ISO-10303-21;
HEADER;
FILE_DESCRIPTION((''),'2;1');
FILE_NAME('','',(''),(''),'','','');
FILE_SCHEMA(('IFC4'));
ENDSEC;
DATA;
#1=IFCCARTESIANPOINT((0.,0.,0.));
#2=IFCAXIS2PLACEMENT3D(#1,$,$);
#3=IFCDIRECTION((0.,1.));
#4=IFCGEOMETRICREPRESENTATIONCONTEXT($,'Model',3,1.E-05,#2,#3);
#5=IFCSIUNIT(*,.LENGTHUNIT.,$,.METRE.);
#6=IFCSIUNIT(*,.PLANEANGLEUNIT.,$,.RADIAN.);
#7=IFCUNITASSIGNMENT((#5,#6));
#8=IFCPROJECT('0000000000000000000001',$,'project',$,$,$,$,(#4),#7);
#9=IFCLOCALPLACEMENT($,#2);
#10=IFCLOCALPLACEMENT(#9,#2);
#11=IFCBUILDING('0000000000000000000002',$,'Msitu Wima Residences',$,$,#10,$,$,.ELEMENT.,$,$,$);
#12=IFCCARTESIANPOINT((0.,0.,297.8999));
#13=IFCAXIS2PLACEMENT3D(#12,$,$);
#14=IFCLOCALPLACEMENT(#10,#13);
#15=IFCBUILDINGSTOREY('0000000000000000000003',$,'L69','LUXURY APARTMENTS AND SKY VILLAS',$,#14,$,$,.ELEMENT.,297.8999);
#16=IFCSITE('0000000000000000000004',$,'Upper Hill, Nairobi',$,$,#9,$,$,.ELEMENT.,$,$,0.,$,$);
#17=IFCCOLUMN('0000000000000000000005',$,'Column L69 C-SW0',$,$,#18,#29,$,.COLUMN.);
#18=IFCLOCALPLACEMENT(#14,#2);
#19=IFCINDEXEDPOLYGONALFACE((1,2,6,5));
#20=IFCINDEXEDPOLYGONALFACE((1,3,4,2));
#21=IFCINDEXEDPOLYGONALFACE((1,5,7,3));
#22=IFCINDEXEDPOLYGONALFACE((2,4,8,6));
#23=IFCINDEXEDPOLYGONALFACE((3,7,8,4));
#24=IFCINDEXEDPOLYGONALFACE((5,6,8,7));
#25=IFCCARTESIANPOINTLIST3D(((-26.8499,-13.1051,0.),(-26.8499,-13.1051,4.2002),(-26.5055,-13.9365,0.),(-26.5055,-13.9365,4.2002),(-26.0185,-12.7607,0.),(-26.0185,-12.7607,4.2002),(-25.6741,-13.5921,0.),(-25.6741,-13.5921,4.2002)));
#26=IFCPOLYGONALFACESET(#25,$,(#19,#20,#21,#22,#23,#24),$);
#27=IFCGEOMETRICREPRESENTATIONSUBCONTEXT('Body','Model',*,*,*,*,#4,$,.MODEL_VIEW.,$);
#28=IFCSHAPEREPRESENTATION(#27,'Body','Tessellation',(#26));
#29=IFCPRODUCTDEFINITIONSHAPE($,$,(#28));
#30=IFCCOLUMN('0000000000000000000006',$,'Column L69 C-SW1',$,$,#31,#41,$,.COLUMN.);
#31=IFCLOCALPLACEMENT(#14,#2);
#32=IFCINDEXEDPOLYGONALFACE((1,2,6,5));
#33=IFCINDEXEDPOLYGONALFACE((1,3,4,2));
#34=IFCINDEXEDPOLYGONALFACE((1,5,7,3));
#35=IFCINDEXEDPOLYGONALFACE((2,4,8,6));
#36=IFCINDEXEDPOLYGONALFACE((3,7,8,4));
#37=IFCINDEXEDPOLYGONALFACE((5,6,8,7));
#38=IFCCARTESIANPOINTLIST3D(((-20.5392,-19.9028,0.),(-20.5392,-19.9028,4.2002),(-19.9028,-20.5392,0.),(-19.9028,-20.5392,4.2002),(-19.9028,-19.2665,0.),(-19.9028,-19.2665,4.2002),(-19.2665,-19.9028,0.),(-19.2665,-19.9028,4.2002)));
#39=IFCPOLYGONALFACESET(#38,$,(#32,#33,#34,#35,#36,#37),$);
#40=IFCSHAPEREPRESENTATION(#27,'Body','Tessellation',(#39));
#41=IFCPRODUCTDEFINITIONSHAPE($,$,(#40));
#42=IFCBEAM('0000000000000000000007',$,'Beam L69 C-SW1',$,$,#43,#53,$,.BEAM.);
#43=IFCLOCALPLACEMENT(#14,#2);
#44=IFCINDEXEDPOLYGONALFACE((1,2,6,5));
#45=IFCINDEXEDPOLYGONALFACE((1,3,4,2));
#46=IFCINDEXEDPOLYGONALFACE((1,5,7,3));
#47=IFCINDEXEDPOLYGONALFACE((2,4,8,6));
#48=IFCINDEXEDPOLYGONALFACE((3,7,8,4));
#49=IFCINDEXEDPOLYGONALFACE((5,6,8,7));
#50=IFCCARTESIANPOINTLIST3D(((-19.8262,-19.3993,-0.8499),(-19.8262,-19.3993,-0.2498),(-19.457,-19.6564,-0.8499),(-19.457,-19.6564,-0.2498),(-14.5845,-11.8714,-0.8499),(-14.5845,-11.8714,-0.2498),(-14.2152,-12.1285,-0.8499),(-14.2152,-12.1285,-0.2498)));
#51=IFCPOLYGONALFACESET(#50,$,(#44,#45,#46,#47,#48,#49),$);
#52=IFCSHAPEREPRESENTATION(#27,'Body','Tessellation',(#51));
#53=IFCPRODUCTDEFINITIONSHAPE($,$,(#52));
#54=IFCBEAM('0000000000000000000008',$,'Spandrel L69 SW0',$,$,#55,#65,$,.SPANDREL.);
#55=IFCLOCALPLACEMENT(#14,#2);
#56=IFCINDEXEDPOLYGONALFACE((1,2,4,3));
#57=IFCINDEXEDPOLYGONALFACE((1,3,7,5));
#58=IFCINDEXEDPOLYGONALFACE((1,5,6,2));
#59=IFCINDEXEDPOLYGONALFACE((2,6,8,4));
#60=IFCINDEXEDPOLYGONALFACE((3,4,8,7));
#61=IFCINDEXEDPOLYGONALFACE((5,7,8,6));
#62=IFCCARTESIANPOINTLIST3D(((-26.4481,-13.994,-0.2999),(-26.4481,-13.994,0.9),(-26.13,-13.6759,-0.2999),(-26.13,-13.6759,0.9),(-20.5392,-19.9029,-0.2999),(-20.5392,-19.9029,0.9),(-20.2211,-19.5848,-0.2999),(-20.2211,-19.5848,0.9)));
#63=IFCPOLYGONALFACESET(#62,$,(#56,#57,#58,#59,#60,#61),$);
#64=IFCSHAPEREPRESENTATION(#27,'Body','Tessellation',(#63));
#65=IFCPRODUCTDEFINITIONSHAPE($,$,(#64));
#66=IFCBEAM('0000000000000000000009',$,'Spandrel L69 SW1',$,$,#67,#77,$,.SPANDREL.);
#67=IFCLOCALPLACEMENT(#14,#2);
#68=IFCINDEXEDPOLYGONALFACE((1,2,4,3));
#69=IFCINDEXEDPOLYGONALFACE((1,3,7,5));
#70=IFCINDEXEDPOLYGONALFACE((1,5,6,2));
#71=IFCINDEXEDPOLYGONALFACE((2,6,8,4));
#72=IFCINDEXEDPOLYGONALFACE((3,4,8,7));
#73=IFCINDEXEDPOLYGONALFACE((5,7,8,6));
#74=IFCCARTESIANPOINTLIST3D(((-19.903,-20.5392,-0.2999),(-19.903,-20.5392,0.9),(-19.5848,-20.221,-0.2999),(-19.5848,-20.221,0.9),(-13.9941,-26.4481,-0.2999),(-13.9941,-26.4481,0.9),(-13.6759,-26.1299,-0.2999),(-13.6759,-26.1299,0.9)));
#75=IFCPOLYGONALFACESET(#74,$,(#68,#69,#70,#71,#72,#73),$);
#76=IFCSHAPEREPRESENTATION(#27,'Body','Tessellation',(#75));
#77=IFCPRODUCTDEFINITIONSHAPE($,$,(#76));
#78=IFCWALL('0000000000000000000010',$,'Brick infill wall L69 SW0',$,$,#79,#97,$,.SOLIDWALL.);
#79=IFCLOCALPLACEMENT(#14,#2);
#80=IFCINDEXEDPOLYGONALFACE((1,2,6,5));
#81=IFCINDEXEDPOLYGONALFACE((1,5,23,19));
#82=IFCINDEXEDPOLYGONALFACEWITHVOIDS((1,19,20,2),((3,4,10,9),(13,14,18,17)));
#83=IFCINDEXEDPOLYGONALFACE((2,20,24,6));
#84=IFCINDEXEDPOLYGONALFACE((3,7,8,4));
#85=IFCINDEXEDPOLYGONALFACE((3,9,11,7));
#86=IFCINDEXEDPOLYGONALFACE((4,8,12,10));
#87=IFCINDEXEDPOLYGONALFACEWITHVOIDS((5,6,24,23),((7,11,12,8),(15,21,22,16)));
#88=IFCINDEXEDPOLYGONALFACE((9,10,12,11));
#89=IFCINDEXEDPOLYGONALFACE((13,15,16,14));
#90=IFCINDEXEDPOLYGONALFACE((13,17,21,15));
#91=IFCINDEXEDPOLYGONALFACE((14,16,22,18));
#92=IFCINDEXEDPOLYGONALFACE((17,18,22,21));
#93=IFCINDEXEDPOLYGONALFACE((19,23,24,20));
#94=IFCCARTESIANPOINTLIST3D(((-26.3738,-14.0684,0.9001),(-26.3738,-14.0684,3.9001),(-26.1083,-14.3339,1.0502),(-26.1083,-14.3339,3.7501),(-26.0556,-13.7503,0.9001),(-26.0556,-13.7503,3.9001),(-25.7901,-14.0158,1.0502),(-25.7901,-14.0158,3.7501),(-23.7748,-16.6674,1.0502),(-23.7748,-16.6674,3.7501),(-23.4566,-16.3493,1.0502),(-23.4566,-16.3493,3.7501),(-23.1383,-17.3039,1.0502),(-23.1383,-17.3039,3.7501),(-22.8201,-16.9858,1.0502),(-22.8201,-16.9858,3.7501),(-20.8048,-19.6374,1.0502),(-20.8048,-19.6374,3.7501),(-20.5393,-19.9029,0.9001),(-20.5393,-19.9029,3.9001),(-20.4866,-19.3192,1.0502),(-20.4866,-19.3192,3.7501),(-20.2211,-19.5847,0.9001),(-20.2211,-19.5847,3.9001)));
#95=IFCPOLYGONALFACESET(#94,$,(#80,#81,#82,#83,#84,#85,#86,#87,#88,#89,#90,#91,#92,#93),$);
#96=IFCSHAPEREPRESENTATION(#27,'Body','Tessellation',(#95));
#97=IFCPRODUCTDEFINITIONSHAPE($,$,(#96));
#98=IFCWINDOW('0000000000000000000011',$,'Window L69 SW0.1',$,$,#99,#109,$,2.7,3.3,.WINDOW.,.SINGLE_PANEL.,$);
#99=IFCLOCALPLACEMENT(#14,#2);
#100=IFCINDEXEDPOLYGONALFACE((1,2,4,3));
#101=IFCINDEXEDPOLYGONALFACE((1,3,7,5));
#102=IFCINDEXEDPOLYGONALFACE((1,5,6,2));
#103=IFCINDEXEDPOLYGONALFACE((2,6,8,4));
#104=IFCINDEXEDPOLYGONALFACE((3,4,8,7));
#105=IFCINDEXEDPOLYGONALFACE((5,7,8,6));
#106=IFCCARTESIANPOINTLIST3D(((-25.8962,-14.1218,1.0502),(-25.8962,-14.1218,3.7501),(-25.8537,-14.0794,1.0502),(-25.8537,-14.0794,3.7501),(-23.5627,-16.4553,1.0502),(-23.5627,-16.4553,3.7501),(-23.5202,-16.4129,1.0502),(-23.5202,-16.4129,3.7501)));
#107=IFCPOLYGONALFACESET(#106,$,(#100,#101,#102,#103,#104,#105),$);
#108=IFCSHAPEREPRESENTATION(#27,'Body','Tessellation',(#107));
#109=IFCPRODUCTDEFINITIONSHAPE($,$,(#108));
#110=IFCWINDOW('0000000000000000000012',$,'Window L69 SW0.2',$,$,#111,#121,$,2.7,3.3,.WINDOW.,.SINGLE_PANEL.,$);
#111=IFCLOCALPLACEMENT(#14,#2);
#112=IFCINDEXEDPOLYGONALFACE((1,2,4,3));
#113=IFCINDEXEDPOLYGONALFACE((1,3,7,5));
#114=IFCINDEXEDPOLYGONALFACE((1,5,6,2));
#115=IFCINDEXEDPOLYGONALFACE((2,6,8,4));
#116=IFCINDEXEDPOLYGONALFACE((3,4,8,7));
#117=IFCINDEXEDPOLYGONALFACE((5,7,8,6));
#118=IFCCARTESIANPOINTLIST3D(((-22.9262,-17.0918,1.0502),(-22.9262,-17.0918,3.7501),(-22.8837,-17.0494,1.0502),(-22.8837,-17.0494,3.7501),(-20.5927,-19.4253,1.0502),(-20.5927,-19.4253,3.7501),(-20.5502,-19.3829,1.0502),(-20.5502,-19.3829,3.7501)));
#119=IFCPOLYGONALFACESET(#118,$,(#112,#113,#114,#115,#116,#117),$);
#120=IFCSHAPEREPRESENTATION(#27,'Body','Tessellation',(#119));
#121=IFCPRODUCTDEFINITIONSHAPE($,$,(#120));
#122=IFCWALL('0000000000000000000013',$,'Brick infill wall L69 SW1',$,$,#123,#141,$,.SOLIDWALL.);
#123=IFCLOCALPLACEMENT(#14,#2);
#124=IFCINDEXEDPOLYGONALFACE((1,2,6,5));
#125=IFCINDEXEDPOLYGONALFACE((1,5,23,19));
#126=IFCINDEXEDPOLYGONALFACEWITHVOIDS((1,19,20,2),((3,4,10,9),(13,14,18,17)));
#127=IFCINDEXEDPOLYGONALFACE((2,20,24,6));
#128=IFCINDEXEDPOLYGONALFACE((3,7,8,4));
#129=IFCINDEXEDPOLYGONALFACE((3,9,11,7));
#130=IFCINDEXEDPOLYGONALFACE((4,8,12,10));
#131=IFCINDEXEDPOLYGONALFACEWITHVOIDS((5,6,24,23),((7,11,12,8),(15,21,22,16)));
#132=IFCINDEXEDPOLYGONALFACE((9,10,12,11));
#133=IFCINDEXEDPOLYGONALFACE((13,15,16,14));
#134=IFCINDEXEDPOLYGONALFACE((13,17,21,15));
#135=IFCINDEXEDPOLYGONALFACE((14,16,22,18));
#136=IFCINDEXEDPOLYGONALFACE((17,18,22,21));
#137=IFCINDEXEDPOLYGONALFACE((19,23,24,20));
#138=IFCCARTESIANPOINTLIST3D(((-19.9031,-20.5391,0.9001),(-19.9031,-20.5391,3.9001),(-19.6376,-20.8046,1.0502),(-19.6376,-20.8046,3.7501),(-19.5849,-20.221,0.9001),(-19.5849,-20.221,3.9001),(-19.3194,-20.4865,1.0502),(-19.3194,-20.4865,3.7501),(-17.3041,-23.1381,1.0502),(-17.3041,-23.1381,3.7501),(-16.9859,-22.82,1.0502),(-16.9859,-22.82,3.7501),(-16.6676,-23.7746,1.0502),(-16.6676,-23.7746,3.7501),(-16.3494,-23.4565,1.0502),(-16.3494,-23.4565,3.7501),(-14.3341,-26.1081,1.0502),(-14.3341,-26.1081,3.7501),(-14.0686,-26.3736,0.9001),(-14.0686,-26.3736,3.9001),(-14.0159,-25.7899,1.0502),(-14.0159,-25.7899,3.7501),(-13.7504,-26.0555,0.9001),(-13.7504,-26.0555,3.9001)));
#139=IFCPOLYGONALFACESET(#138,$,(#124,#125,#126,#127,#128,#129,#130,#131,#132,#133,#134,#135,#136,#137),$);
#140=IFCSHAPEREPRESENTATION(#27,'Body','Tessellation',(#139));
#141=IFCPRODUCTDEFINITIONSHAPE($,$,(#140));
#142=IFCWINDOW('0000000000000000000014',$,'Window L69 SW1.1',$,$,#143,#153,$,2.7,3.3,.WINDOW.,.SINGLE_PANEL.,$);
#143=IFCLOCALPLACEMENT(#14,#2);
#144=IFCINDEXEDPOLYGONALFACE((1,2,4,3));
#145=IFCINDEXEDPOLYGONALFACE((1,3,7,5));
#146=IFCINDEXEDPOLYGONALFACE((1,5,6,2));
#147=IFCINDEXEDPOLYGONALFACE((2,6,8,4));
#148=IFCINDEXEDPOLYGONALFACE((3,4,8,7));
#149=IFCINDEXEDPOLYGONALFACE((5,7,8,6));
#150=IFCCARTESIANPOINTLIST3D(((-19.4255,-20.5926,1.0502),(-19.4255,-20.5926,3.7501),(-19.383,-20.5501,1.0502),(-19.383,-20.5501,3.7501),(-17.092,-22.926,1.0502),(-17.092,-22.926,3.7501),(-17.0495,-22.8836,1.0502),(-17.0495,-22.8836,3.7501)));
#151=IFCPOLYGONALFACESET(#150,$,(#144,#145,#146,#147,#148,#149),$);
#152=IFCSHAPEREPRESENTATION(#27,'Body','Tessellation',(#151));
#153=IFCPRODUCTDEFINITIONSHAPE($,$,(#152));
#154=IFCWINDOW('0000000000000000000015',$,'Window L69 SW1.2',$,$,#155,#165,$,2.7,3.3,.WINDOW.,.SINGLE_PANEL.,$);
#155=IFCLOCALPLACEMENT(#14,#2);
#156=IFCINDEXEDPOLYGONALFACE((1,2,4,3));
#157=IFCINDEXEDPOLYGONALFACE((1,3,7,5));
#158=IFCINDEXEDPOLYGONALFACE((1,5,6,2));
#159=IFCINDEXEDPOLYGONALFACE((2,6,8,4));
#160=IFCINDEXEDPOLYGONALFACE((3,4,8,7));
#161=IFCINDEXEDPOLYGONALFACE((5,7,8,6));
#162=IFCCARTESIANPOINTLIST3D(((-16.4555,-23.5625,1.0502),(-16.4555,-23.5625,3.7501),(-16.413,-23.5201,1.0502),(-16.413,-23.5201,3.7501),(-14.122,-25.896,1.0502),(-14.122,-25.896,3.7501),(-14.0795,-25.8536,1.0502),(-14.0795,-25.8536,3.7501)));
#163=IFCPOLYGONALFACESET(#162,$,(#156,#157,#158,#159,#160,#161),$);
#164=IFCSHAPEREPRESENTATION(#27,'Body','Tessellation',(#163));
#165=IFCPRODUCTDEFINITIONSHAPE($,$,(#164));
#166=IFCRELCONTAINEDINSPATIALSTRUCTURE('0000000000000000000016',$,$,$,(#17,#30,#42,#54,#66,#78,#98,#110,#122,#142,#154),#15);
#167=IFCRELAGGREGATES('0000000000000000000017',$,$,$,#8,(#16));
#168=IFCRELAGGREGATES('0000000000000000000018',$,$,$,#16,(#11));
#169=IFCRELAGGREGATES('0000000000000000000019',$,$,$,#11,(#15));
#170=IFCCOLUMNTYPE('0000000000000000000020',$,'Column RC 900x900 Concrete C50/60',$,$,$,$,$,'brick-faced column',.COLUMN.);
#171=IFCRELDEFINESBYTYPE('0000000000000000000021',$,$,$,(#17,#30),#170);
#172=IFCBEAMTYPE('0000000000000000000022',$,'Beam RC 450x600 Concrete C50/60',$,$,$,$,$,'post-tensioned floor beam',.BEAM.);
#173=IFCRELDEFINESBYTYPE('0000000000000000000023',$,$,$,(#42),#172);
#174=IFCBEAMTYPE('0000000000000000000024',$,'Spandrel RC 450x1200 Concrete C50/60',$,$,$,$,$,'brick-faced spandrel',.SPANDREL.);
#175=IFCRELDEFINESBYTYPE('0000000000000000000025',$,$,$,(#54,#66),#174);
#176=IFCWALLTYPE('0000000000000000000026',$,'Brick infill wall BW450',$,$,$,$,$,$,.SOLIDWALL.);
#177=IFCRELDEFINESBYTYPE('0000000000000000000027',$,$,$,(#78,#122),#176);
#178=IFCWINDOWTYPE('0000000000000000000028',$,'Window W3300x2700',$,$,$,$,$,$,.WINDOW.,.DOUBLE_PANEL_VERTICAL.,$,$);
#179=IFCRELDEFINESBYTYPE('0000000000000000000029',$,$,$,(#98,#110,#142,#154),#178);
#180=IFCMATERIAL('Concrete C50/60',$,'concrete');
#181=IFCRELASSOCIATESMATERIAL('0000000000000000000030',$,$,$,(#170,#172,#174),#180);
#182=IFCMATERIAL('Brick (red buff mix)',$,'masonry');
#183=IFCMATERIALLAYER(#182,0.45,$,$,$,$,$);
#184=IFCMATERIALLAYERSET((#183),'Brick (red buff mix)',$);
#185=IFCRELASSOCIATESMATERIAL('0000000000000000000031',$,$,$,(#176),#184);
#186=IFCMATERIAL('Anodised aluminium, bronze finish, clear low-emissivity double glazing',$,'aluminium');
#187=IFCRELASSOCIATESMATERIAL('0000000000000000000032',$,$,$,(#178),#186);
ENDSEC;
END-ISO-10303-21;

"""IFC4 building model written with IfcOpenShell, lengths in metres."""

from ifc_helpers import new_model, si_unit, direction, frame, frame_2d, origin, origin_2d, place, context, subcontext, project, spatial, rectangle, extrude, material, layer, layer_set, material_profile, profile_set, type_object, element, fill, save


model = new_model("IFC4")

# Units and contexts
model_context = context("Model", 3, precision=1e-05, world=origin(), true_north=direction((0.0, 1.0)))
body_context = subcontext(model_context, "Body", "Model", "MODEL_VIEW")
ifc_project = project(units=[si_unit("LENGTHUNIT", "METRE"), si_unit("PLANEANGLEUNIT", "RADIAN")], contexts=[model_context])

# Site, building, storey
site_placement = place(None, origin())
site = spatial("IfcSite", under=ifc_project, at=site_placement, Name="Upper Hill, Nairobi", CompositionType="ELEMENT", RefElevation=0.0)
building_placement = place(site_placement, origin())
building = spatial("IfcBuilding", under=site, at=building_placement, Name="Msitu Wima Residences", CompositionType="ELEMENT")
storey_placement = place(building_placement, frame((0.0, 0.0, 297.8999)))
storey = spatial("IfcBuildingStorey", under=building, at=storey_placement, Name="L69", Description="LUXURY APARTMENTS AND SKY VILLAS", CompositionType="ELEMENT", Elevation=297.8999)

# Columns
ifc_material_1 = material(Name="Concrete C50/60", Category="concrete")
ifc_material_profile_1 = material_profile(ifc_material_1, rectangle(XDim=0.8999, YDim=0.8999, at=origin_2d()), Name="RC 900x900")
ifc_profile_set_1 = profile_set([ifc_material_profile_1], Name="Concrete C50/60")
column_type = type_object("IfcColumnType", Name="Column RC 900x900 Concrete C50/60", ElementType="brick-faced column", PredefinedType="COLUMN", material=ifc_profile_set_1)
for number, where, z_axis, x_axis, name in (
    (1, (-26.262, -13.3486, 0.0), (0.0, 0.0, 1.0), (0.382683, -0.92388, 0.0), "Column L69 C-SW0"),
    (2, (-19.9028, -19.9028, 0.0), (0.0, 0.0, 1.0), (0.707107, -0.707107, 0.0), "Column L69 C-SW1"),
):
    element("IfcColumn", number, at=place(storey_placement, frame(where, z_axis=z_axis, x_axis=x_axis)), inside=storey, type_object=column_type, Name=name, PredefinedType="COLUMN", context=body_context, shape_type="SweptSolid", body=[
        extrude(rectangle(XDim=0.8999, YDim=0.8999, at=origin_2d()), origin(), (0.0, 0.0, 1.0), 4.2002),
    ])

# Beams
ifc_material_profile_2 = material_profile(ifc_material_1, rectangle(XDim=0.45, YDim=0.6001, at=origin_2d()), Name="RC 450x600")
ifc_profile_set_2 = profile_set([ifc_material_profile_2], Name="Concrete C50/60")
beam_type_1 = type_object("IfcBeamType", Name="Beam RC 450x600 Concrete C50/60", ElementType="post-tensioned floor beam", PredefinedType="BEAM", material=ifc_profile_set_2)
beam_placement = place(storey_placement, frame((-19.6416, -19.5278, -0.5498), z_axis=(0.571428, 0.820652, 0.0), x_axis=(-0.820652, 0.571428, 0.0)))
element("IfcBeam", 3, at=beam_placement, inside=storey, type_object=beam_type_1, Name="Beam L69 C-SW1", PredefinedType="BEAM", context=body_context, shape_type="SweptSolid", body=[
    extrude(rectangle(XDim=0.45, YDim=0.6001, at=origin_2d()), origin(), (0.0, 0.0, 1.0), 9.1731),
])
ifc_material_profile_3 = material_profile(ifc_material_1, rectangle(XDim=0.45, YDim=1.2, at=origin_2d()), Name="RC 450x1200")
ifc_profile_set_3 = profile_set([ifc_material_profile_3], Name="Concrete C50/60")
beam_type_2 = type_object("IfcBeamType", Name="Spandrel RC 450x1200 Concrete C50/60", ElementType="brick-faced spandrel", PredefinedType="SPANDREL", material=ifc_profile_set_3)
for number, where, z_axis, x_axis, name in (
    (4, (-26.2891, -13.835, 0.3), (0.707107, -0.707107, 0.0), (0.707107, 0.707107, 0.0), "Spandrel L69 SW0"),
    (5, (-19.7439, -20.3801, 0.3), (0.707107, -0.707107, 0.0), (0.707107, 0.707107, 0.0), "Spandrel L69 SW1"),
):
    element("IfcBeam", number, at=place(storey_placement, frame(where, z_axis=z_axis, x_axis=x_axis)), inside=storey, type_object=beam_type_2, Name=name, PredefinedType="SPANDREL", context=body_context, shape_type="SweptSolid", body=[
        extrude(rectangle(XDim=0.45, YDim=1.2, at=origin_2d()), origin(), (0.0, 0.0, 1.0), 8.3564),
    ])

# Walls, openings, windows
ifc_material_2 = material(Name="Brick (red buff mix)", Category="masonry")
ifc_layer_1 = layer(ifc_material_2, 0.45)
ifc_layer_set_1 = layer_set([ifc_layer_1], Name="Brick (red buff mix)")
wall_type_1 = type_object("IfcWallType", Name="Brick infill wall BW450", PredefinedType="SOLIDWALL", material=ifc_layer_set_1)
wall_1_placement = place(storey_placement, frame((-26.2146, -13.9094, 0.9001), z_axis=(0.0, 0.0, 1.0), x_axis=(0.707107, -0.707107, 0.0)))
wall_1 = element("IfcWall", 6, at=wall_1_placement, inside=storey, type_object=wall_type_1, Name="Brick infill wall L69 SW0", PredefinedType="SOLIDWALL", context=body_context, shape_type="SweptSolid", body=[
    extrude(rectangle(XDim=8.2512, YDim=0.45, at=frame_2d((4.1255, 0.0))), origin(), (0.0, 0.0, 1.0), 3.0),
])
opening_1_placement = place(wall_1_placement, frame((0.3755, 0.0, 0.1499)))
opening_1 = element("IfcOpeningElement", 7, at=opening_1_placement, cuts=wall_1, PredefinedType="OPENING", context=body_context, shape_type="SweptSolid", body=[
    extrude(rectangle(XDim=3.3, YDim=2.7, at=frame_2d((1.6499, 1.3501))), frame((0.0, 0.2349, 0.0), z_axis=(0.0, -1.0, 0.0), x_axis=(1.0, 0.0, 0.0)), (0.0, 0.0, 1.0), 0.47),
])
opening_2_placement = place(wall_1_placement, frame((4.5757, 0.0, 0.1499)))
opening_2 = element("IfcOpeningElement", 8, at=opening_2_placement, cuts=wall_1, PredefinedType="OPENING", context=body_context, shape_type="SweptSolid", body=[
    extrude(rectangle(XDim=3.3, YDim=2.7, at=frame_2d((1.6499, 1.3501))), frame((0.0, 0.2349, 0.0), z_axis=(0.0, -1.0, 0.0), x_axis=(1.0, 0.0, 0.0)), (0.0, 0.0, 1.0), 0.47),
])
ifc_material_3 = material(Name="Anodised aluminium, bronze finish, clear low-emissivity double glazing", Category="aluminium")
window_type = type_object("IfcWindowType", Name="Window W3300x2700", PartitioningType="DOUBLE_PANEL_VERTICAL", PredefinedType="WINDOW", material=ifc_material_3)
window_1_placement = place(opening_1_placement, origin())
window_1 = element("IfcWindow", 9, at=window_1_placement, inside=storey, type_object=window_type, Name="Window L69 SW0.1", OverallHeight=2.7, OverallWidth=3.3, PartitioningType="SINGLE_PANEL", PredefinedType="WINDOW", context=body_context, shape_type="SweptSolid", body=[
    extrude(rectangle(XDim=3.3, YDim=2.7, at=frame_2d((1.6499, 1.3501))), frame((0.0, 0.135, 0.0), z_axis=(0.0, -1.0, 0.0), x_axis=(1.0, 0.0, 0.0)), (0.0, 0.0, 1.0), 0.0601),
])
fill(opening_1, window_1)
window_2_placement = place(opening_2_placement, origin())
window_2 = element("IfcWindow", 10, at=window_2_placement, inside=storey, type_object=window_type, Name="Window L69 SW0.2", OverallHeight=2.7, OverallWidth=3.3, PartitioningType="SINGLE_PANEL", PredefinedType="WINDOW", context=body_context, shape_type="SweptSolid", body=[
    extrude(rectangle(XDim=3.3, YDim=2.7, at=frame_2d((1.6499, 1.3501))), frame((0.0, 0.135, 0.0), z_axis=(0.0, -1.0, 0.0), x_axis=(1.0, 0.0, 0.0)), (0.0, 0.0, 1.0), 0.0601),
])
fill(opening_2, window_2)
wall_2_placement = place(storey_placement, frame((-19.7439, -20.3801, 0.9001), z_axis=(0.0, 0.0, 1.0), x_axis=(0.707107, -0.707107, 0.0)))
wall_2 = element("IfcWall", 11, at=wall_2_placement, inside=storey, type_object=wall_type_1, Name="Brick infill wall L69 SW1", PredefinedType="SOLIDWALL", context=body_context, shape_type="SweptSolid", body=[
    extrude(rectangle(XDim=8.2512, YDim=0.45, at=frame_2d((4.1255, 0.0))), origin(), (0.0, 0.0, 1.0), 3.0),
])
opening_3_placement = place(wall_2_placement, frame((0.3755, 0.0, 0.1499)))
opening_3 = element("IfcOpeningElement", 12, at=opening_3_placement, cuts=wall_2, PredefinedType="OPENING", context=body_context, shape_type="SweptSolid", body=[
    extrude(rectangle(XDim=3.3, YDim=2.7, at=frame_2d((1.6499, 1.3501))), frame((0.0, 0.2349, 0.0), z_axis=(0.0, -1.0, 0.0), x_axis=(1.0, 0.0, 0.0)), (0.0, 0.0, 1.0), 0.47),
])
opening_4_placement = place(wall_2_placement, frame((4.5757, 0.0, 0.1499)))
opening_4 = element("IfcOpeningElement", 13, at=opening_4_placement, cuts=wall_2, PredefinedType="OPENING", context=body_context, shape_type="SweptSolid", body=[
    extrude(rectangle(XDim=3.3, YDim=2.7, at=frame_2d((1.6499, 1.3501))), frame((0.0, 0.2349, 0.0), z_axis=(0.0, -1.0, 0.0), x_axis=(1.0, 0.0, 0.0)), (0.0, 0.0, 1.0), 0.47),
])
window_3_placement = place(opening_3_placement, origin())
window_3 = element("IfcWindow", 14, at=window_3_placement, inside=storey, type_object=window_type, Name="Window L69 SW1.1", OverallHeight=2.7, OverallWidth=3.3, PartitioningType="SINGLE_PANEL", PredefinedType="WINDOW", context=body_context, shape_type="SweptSolid", body=[
    extrude(rectangle(XDim=3.3, YDim=2.7, at=frame_2d((1.6499, 1.3501))), frame((0.0, 0.135, 0.0), z_axis=(0.0, -1.0, 0.0), x_axis=(1.0, 0.0, 0.0)), (0.0, 0.0, 1.0), 0.0601),
])
fill(opening_3, window_3)
window_4_placement = place(opening_4_placement, origin())
window_4 = element("IfcWindow", 15, at=window_4_placement, inside=storey, type_object=window_type, Name="Window L69 SW1.2", OverallHeight=2.7, OverallWidth=3.3, PartitioningType="SINGLE_PANEL", PredefinedType="WINDOW", context=body_context, shape_type="SweptSolid", body=[
    extrude(rectangle(XDim=3.3, YDim=2.7, at=frame_2d((1.6499, 1.3501))), frame((0.0, 0.135, 0.0), z_axis=(0.0, -1.0, 0.0), x_axis=(1.0, 0.0, 0.0)), (0.0, 0.0, 1.0), 0.0601),
])
fill(opening_4, window_4)

save(model, "model.ifc")
